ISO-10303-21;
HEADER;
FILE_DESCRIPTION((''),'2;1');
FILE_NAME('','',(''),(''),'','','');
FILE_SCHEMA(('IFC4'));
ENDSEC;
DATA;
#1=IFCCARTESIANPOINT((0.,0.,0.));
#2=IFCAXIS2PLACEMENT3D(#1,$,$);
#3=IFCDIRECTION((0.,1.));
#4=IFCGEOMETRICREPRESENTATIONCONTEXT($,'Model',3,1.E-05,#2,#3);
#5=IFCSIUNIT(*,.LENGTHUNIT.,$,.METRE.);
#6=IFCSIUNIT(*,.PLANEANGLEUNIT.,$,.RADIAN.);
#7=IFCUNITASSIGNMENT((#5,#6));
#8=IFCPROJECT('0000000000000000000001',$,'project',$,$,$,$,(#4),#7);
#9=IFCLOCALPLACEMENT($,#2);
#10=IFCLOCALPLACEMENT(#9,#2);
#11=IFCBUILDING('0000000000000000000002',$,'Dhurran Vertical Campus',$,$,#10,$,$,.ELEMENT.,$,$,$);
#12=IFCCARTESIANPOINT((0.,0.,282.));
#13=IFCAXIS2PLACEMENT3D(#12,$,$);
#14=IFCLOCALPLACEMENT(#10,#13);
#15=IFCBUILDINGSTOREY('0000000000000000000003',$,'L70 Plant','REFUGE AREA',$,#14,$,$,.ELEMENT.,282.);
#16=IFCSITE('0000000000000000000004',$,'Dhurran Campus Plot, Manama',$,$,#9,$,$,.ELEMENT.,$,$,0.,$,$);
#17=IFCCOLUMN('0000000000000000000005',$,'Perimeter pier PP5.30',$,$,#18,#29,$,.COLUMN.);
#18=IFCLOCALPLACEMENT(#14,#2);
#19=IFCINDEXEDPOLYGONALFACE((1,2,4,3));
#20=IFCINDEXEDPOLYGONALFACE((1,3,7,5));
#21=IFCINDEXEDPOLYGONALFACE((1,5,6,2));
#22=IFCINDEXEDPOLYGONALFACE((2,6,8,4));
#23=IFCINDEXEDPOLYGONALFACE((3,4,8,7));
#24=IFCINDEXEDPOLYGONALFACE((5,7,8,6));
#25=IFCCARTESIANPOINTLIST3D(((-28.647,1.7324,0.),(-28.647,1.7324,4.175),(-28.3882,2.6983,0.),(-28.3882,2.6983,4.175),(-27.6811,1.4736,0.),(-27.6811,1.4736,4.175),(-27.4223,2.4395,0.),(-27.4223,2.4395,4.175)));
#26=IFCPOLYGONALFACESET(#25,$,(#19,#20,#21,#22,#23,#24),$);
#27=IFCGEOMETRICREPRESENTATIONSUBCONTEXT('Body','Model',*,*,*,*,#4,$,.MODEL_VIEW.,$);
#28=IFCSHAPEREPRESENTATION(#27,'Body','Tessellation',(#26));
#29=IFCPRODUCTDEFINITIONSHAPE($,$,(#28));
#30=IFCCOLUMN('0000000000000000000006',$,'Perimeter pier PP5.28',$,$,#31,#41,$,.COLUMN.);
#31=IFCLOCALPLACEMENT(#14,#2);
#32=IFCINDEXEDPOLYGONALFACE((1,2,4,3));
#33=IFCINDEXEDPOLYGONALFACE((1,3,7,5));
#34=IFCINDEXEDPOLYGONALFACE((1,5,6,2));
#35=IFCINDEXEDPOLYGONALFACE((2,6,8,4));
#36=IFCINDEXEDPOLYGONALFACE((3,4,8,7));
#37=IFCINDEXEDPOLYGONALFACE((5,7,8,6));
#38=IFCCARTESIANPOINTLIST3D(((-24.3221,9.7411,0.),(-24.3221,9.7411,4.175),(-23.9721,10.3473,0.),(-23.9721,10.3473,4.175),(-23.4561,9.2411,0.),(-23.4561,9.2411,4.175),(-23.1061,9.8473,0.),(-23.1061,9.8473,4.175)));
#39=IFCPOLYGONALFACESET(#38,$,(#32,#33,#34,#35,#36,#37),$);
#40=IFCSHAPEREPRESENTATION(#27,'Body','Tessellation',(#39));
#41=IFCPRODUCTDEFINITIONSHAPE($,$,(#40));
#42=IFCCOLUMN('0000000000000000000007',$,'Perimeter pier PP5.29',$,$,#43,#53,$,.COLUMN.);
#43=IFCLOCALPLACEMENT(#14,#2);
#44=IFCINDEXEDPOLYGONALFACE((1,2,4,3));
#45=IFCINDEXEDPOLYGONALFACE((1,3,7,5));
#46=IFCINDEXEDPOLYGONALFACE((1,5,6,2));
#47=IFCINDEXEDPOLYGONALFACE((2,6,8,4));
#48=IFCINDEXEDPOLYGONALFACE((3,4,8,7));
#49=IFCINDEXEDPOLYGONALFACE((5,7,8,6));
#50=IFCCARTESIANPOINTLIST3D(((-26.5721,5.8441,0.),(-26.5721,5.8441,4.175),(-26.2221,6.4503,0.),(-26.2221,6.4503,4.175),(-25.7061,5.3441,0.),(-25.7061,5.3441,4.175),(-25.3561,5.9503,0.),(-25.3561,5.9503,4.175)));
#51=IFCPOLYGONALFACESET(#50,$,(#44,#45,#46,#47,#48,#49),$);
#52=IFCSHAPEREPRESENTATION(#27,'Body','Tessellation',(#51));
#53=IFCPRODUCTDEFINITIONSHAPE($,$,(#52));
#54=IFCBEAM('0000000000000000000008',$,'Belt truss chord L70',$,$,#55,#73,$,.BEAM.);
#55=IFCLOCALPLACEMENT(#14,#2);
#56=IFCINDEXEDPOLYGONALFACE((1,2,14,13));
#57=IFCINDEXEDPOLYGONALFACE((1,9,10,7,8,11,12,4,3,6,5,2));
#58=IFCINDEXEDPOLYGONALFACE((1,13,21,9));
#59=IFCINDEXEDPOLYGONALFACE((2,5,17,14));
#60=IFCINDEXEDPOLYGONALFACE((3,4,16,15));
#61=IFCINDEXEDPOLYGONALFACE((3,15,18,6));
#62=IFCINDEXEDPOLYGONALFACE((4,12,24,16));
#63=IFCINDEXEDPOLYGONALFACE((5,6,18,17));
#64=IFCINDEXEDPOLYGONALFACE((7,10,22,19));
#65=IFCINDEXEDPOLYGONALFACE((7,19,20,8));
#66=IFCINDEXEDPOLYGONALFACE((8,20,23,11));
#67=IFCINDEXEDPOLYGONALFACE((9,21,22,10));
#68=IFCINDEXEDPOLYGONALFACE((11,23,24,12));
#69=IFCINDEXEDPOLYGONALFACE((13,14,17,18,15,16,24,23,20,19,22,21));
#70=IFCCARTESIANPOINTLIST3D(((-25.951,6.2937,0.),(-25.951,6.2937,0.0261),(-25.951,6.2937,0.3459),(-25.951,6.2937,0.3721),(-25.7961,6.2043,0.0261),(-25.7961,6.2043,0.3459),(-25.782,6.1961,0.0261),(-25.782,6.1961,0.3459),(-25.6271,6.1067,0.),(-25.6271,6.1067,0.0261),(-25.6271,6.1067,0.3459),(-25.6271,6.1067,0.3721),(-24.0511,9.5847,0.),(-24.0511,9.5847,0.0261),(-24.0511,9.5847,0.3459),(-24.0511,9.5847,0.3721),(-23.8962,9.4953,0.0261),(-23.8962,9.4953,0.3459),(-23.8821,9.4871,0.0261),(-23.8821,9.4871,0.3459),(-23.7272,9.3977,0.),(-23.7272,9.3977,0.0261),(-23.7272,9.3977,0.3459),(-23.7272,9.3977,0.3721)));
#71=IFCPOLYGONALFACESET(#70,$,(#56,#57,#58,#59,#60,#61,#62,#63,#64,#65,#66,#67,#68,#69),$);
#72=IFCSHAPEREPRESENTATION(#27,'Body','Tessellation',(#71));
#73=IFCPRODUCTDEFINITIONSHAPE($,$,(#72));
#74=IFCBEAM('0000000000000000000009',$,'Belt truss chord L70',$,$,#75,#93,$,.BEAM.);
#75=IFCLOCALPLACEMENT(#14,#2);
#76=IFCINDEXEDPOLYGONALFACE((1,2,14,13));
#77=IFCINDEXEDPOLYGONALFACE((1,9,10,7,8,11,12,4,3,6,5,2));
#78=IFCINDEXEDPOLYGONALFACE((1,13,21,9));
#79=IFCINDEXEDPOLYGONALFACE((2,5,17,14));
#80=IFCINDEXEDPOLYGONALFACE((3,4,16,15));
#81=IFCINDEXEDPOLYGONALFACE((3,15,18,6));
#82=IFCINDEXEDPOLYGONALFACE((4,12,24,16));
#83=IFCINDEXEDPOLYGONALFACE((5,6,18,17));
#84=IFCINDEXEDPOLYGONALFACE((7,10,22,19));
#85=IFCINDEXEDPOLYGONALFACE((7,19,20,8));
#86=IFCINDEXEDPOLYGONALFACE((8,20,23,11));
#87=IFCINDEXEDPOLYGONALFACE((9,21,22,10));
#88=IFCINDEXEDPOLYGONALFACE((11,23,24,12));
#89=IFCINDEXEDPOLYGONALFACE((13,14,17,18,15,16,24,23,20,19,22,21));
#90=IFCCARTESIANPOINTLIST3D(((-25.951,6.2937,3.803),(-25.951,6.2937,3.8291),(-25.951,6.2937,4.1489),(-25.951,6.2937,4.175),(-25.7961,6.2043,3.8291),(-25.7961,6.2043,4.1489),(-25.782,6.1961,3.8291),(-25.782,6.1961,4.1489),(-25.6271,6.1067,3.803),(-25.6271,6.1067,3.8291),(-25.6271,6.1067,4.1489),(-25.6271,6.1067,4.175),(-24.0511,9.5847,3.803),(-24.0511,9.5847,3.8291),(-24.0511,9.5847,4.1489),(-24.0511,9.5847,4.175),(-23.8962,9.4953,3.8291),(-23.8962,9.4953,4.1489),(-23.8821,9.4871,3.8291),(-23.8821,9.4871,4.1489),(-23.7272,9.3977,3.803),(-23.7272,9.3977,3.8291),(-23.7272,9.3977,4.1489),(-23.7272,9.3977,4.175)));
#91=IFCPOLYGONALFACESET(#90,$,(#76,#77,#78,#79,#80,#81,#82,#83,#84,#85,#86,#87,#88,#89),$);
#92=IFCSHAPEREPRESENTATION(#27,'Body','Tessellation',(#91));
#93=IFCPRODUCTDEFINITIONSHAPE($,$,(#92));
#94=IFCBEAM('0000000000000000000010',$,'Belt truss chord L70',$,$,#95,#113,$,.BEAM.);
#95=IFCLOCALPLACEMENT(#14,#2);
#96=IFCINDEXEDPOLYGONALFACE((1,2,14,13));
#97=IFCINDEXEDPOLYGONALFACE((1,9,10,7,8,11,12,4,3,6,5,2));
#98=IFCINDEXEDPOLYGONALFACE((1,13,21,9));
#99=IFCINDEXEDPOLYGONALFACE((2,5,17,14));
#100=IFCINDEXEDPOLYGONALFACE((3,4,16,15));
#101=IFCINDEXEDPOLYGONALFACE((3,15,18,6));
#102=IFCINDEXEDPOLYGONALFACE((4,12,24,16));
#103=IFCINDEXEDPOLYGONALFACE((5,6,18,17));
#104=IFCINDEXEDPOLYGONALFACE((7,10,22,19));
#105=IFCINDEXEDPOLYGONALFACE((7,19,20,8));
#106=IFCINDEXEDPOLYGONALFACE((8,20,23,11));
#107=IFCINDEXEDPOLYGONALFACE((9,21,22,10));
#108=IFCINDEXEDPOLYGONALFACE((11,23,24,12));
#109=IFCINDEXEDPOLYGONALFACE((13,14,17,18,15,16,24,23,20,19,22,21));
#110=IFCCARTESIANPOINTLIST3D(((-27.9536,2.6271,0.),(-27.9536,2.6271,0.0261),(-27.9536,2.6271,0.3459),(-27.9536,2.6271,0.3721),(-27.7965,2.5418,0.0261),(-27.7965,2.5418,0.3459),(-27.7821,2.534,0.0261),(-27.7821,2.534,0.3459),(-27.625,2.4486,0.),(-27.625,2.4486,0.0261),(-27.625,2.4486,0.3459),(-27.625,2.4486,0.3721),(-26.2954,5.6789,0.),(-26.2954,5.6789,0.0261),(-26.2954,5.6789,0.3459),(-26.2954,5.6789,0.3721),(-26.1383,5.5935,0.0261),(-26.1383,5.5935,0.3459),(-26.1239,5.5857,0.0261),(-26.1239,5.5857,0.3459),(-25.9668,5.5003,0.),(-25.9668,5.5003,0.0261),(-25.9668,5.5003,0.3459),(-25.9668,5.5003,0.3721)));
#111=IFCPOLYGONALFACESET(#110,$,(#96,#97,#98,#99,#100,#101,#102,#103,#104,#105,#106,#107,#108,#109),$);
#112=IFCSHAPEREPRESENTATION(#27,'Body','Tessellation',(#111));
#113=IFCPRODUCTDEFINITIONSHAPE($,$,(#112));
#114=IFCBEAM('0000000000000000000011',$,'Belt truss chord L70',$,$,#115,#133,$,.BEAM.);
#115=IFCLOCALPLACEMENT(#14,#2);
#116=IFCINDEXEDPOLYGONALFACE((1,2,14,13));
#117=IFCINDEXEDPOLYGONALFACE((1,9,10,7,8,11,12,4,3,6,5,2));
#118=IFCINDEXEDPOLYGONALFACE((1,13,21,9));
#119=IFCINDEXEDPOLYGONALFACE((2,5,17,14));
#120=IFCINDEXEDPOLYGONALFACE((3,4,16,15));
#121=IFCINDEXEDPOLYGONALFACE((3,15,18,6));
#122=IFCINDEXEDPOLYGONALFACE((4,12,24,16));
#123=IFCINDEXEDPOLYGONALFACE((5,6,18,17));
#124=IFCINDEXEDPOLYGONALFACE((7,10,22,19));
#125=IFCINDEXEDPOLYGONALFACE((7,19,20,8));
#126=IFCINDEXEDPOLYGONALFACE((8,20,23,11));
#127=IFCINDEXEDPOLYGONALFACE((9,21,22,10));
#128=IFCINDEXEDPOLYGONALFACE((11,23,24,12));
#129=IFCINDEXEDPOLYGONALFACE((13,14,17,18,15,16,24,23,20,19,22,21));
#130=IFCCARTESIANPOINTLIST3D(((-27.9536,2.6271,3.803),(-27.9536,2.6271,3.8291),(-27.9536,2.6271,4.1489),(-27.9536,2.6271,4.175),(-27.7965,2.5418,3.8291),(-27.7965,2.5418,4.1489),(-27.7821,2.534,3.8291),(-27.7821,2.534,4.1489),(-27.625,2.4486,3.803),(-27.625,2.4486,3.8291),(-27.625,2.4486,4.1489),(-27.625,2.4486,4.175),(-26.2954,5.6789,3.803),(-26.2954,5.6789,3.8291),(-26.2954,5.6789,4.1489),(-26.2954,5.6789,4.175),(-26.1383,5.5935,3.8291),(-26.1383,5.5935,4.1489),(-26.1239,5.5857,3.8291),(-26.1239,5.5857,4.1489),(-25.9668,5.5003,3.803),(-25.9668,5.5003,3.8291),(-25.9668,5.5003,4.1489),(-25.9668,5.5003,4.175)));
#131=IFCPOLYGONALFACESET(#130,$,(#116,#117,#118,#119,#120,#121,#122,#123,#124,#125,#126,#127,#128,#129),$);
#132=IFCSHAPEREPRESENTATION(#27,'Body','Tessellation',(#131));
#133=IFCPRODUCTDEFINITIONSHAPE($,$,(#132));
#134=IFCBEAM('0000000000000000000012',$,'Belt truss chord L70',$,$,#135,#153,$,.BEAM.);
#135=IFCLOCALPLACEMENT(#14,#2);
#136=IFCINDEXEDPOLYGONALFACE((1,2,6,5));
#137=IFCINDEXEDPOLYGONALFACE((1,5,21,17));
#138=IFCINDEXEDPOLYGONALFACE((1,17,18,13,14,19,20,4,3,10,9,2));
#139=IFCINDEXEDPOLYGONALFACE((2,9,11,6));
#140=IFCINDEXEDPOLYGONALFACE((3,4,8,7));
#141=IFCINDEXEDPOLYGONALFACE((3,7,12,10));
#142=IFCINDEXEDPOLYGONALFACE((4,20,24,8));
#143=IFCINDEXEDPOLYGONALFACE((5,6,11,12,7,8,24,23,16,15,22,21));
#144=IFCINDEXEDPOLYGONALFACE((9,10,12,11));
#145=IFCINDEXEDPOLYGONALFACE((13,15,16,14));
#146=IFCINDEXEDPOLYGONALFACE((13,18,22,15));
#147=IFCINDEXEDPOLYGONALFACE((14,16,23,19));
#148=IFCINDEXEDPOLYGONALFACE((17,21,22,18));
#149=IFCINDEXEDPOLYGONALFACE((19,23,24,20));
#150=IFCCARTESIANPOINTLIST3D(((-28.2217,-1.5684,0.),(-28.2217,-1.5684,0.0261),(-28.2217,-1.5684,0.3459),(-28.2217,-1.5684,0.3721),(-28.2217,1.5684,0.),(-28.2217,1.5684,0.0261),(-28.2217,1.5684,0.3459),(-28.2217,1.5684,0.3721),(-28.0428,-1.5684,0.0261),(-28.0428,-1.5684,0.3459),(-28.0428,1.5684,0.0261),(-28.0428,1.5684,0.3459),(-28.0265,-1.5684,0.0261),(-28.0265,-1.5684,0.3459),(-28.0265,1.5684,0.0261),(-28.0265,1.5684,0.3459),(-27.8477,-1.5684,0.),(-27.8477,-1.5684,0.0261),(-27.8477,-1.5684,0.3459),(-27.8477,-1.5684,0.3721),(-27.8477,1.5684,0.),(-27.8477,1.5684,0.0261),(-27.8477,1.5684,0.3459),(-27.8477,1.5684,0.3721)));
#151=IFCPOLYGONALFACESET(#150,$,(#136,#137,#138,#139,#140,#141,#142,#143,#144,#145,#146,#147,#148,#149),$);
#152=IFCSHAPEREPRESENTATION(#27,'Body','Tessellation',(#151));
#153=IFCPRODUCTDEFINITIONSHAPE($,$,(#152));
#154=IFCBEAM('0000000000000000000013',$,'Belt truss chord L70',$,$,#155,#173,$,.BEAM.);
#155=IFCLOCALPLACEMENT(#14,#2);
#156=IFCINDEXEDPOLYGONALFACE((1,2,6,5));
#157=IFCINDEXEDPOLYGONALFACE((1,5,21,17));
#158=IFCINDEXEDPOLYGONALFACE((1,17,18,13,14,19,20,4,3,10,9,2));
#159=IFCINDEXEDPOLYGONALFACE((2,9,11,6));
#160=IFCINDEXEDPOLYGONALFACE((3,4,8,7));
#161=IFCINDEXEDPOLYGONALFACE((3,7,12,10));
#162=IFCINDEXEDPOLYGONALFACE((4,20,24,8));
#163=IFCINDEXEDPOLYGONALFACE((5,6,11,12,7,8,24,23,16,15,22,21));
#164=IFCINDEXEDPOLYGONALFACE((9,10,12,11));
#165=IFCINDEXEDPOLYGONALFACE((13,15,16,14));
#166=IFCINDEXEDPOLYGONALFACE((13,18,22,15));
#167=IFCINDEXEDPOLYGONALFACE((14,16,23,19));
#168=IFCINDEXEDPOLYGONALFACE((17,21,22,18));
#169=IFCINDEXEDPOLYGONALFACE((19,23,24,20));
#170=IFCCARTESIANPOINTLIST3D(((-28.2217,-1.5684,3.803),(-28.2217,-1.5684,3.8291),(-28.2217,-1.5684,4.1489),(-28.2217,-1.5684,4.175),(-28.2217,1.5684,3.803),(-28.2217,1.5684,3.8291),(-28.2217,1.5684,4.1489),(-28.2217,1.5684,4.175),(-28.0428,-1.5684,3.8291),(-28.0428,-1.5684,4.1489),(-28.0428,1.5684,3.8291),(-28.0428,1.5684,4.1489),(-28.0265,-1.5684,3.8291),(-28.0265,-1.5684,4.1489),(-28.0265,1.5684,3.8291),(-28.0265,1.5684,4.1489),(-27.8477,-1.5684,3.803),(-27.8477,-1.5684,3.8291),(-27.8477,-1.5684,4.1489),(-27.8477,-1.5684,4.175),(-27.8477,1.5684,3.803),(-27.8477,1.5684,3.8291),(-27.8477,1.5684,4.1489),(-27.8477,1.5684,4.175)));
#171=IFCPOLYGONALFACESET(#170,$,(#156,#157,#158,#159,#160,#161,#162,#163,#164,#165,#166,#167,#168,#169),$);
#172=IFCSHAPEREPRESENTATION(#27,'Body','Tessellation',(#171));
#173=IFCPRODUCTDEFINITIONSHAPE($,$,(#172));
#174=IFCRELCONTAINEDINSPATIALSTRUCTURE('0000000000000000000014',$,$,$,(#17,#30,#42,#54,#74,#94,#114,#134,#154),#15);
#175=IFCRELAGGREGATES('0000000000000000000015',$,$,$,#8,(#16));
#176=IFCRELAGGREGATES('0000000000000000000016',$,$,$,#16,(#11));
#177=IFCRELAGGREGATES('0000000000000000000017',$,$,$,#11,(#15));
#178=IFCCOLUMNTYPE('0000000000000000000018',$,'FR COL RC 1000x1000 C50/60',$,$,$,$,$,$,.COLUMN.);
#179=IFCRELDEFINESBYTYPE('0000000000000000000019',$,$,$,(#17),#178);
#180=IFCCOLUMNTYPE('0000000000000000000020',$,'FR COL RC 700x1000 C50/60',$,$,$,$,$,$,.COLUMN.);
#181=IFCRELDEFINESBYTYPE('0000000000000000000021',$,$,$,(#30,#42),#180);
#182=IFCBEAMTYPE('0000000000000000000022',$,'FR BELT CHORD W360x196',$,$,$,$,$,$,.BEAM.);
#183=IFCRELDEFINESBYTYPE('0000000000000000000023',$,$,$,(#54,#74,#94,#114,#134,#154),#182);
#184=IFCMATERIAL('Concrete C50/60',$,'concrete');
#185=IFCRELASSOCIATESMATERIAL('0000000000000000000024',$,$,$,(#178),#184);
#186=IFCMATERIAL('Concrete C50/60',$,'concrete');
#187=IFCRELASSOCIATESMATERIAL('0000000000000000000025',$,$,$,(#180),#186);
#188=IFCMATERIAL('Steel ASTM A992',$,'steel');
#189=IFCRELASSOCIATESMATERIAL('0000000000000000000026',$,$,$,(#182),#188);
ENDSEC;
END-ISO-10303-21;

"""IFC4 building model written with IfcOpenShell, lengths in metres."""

from ifc_helpers import new_model, si_unit, direction, frame, origin, origin_2d, place, context, subcontext, project, spatial, rectangle, i_section, extrude, material, material_profile, profile_set, type_object, element, save


model = new_model("IFC4")

# Units and contexts
model_context = context("Model", 3, precision=1e-05, world=origin(), true_north=direction((0.0, 1.0)))
body_context = subcontext(model_context, "Body", "Model", "MODEL_VIEW")
ifc_project = project(units=[si_unit("LENGTHUNIT", "METRE"), si_unit("PLANEANGLEUNIT", "RADIAN")], contexts=[model_context])

# Site, building, storey
site_placement = place(None, origin())
site = spatial("IfcSite", under=ifc_project, at=site_placement, Name="Dhurran Campus Plot, Manama", CompositionType="ELEMENT", RefElevation=0.0)
building_placement = place(site_placement, origin())
building = spatial("IfcBuilding", under=site, at=building_placement, Name="Dhurran Vertical Campus", CompositionType="ELEMENT")
storey_placement = place(building_placement, frame((0.0, 0.0, 282.0)))
storey = spatial("IfcBuildingStorey", under=building, at=storey_placement, Name="L70 Plant", Description="REFUGE AREA", CompositionType="ELEMENT", Elevation=282.0)

# Columns
ifc_material_1 = material(Name="Concrete C50/60", Category="concrete")
ifc_material_profile_1 = material_profile(ifc_material_1, rectangle(XDim=1.0, YDim=1.0, at=origin_2d()), Name="RC 1000x1000")
ifc_profile_set_1 = profile_set([ifc_material_profile_1], Name="Concrete C50/60")
column_type_1 = type_object("IfcColumnType", Name="FR COL RC 1000x1000 C50/60", PredefinedType="COLUMN", material=ifc_profile_set_1)
column_placement = place(storey_placement, frame((-28.0347, 2.0859, 0.0), z_axis=(0.0, 0.0, 1.0), x_axis=(-0.258819, -0.965926, 0.0)))
element("IfcColumn", 1, at=column_placement, inside=storey, type_object=column_type_1, Name="Perimeter pier PP5.30", PredefinedType="COLUMN", context=body_context, shape_type="SweptSolid", body=[
    extrude(rectangle(XDim=1.0, YDim=1.0, at=origin_2d()), origin(), (0.0, 0.0, 1.0), 4.175),
])
ifc_material_2 = material(Name="Concrete C50/60", Category="concrete")
ifc_material_profile_2 = material_profile(ifc_material_2, rectangle(XDim=0.7, YDim=1.0, at=origin_2d()), Name="RC 700x1000")
ifc_profile_set_2 = profile_set([ifc_material_profile_2], Name="Concrete C50/60")
column_type_2 = type_object("IfcColumnType", Name="FR COL RC 700x1000 C50/60", PredefinedType="COLUMN", material=ifc_profile_set_2)
for number, where, z_axis, x_axis, name in (
    (2, (-23.7141, 9.7942, 0.0), (0.0, 0.0, 1.0), (-0.5, -0.866025, 0.0), "Perimeter pier PP5.28"),
    (3, (-25.9641, 5.8972, 0.0), (0.0, 0.0, 1.0), (-0.5, -0.866025, 0.0), "Perimeter pier PP5.29"),
):
    element("IfcColumn", number, at=place(storey_placement, frame(where, z_axis=z_axis, x_axis=x_axis)), inside=storey, type_object=column_type_2, Name=name, PredefinedType="COLUMN", context=body_context, shape_type="SweptSolid", body=[
        extrude(rectangle(XDim=0.7, YDim=1.0, at=origin_2d()), origin(), (0.0, 0.0, 1.0), 4.175),
    ])

# Beams
ifc_material_3 = material(Name="Steel ASTM A992", Category="steel")
ifc_material_profile_3 = material_profile(ifc_material_3, i_section(OverallWidth=0.374, OverallDepth=0.3721, WebThickness=0.0164, FlangeThickness=0.0261, at=origin_2d()), Name="W360x196")
ifc_profile_set_3 = profile_set([ifc_material_profile_3], Name="Steel ASTM A992")
beam_type = type_object("IfcBeamType", Name="FR BELT CHORD W360x196", PredefinedType="BEAM", material=ifc_profile_set_3)
for number, where, z_axis, x_axis, name in (
    (4, (-23.8892, 9.4912, 0.186), (-0.499967, -0.866044, 0.0), (0.866044, -0.499967, 0.0), "Belt truss chord L70"),
    (5, (-23.8892, 9.4912, 3.989), (-0.499967, -0.866044, 0.0), (0.866044, -0.499967, 0.0), "Belt truss chord L70"),
):
    element("IfcBeam", number, at=place(storey_placement, frame(where, z_axis=z_axis, x_axis=x_axis)), inside=storey, type_object=beam_type, Name=name, PredefinedType="BEAM", context=body_context, shape_type="SweptSolid", body=[
        extrude(i_section(OverallWidth=0.374, OverallDepth=0.3721, WebThickness=0.0164, FlangeThickness=0.0261, at=origin_2d()), origin(), (0.0, 0.0, 1.0), 3.8),
    ])
for number, where, z_axis, x_axis, name in (
    (6, (-26.1311, 5.5896, 0.186), (-0.477433, -0.878668, 0.0), (0.878668, -0.477433, 0.0), "Belt truss chord L70"),
    (7, (-26.1311, 5.5896, 3.989), (-0.477433, -0.878668, 0.0), (0.878668, -0.477433, 0.0), "Belt truss chord L70"),
):
    element("IfcBeam", number, at=place(storey_placement, frame(where, z_axis=z_axis, x_axis=x_axis)), inside=storey, type_object=beam_type, Name=name, PredefinedType="BEAM", context=body_context, shape_type="SweptSolid", body=[
        extrude(i_section(OverallWidth=0.374, OverallDepth=0.3721, WebThickness=0.0164, FlangeThickness=0.0261, at=origin_2d()), origin(), (0.0, 0.0, 1.0), 3.4731),
    ])
for number, where, z_axis, x_axis, name in (
    (8, (-28.0347, 1.5684, 0.186), (0.0, -1.0, 0.0), (1.0, 0.0, 0.0), "Belt truss chord L70"),
    (9, (-28.0347, 1.5684, 3.989), (0.0, -1.0, 0.0), (1.0, 0.0, 0.0), "Belt truss chord L70"),
):
    element("IfcBeam", number, at=place(storey_placement, frame(where, z_axis=z_axis, x_axis=x_axis)), inside=storey, type_object=beam_type, Name=name, PredefinedType="BEAM", context=body_context, shape_type="SweptSolid", body=[
        extrude(i_section(OverallWidth=0.374, OverallDepth=0.3721, WebThickness=0.0164, FlangeThickness=0.0261, at=origin_2d()), origin(), (0.0, 0.0, 1.0), 3.1367),
    ])

save(model, "model.ifc")
